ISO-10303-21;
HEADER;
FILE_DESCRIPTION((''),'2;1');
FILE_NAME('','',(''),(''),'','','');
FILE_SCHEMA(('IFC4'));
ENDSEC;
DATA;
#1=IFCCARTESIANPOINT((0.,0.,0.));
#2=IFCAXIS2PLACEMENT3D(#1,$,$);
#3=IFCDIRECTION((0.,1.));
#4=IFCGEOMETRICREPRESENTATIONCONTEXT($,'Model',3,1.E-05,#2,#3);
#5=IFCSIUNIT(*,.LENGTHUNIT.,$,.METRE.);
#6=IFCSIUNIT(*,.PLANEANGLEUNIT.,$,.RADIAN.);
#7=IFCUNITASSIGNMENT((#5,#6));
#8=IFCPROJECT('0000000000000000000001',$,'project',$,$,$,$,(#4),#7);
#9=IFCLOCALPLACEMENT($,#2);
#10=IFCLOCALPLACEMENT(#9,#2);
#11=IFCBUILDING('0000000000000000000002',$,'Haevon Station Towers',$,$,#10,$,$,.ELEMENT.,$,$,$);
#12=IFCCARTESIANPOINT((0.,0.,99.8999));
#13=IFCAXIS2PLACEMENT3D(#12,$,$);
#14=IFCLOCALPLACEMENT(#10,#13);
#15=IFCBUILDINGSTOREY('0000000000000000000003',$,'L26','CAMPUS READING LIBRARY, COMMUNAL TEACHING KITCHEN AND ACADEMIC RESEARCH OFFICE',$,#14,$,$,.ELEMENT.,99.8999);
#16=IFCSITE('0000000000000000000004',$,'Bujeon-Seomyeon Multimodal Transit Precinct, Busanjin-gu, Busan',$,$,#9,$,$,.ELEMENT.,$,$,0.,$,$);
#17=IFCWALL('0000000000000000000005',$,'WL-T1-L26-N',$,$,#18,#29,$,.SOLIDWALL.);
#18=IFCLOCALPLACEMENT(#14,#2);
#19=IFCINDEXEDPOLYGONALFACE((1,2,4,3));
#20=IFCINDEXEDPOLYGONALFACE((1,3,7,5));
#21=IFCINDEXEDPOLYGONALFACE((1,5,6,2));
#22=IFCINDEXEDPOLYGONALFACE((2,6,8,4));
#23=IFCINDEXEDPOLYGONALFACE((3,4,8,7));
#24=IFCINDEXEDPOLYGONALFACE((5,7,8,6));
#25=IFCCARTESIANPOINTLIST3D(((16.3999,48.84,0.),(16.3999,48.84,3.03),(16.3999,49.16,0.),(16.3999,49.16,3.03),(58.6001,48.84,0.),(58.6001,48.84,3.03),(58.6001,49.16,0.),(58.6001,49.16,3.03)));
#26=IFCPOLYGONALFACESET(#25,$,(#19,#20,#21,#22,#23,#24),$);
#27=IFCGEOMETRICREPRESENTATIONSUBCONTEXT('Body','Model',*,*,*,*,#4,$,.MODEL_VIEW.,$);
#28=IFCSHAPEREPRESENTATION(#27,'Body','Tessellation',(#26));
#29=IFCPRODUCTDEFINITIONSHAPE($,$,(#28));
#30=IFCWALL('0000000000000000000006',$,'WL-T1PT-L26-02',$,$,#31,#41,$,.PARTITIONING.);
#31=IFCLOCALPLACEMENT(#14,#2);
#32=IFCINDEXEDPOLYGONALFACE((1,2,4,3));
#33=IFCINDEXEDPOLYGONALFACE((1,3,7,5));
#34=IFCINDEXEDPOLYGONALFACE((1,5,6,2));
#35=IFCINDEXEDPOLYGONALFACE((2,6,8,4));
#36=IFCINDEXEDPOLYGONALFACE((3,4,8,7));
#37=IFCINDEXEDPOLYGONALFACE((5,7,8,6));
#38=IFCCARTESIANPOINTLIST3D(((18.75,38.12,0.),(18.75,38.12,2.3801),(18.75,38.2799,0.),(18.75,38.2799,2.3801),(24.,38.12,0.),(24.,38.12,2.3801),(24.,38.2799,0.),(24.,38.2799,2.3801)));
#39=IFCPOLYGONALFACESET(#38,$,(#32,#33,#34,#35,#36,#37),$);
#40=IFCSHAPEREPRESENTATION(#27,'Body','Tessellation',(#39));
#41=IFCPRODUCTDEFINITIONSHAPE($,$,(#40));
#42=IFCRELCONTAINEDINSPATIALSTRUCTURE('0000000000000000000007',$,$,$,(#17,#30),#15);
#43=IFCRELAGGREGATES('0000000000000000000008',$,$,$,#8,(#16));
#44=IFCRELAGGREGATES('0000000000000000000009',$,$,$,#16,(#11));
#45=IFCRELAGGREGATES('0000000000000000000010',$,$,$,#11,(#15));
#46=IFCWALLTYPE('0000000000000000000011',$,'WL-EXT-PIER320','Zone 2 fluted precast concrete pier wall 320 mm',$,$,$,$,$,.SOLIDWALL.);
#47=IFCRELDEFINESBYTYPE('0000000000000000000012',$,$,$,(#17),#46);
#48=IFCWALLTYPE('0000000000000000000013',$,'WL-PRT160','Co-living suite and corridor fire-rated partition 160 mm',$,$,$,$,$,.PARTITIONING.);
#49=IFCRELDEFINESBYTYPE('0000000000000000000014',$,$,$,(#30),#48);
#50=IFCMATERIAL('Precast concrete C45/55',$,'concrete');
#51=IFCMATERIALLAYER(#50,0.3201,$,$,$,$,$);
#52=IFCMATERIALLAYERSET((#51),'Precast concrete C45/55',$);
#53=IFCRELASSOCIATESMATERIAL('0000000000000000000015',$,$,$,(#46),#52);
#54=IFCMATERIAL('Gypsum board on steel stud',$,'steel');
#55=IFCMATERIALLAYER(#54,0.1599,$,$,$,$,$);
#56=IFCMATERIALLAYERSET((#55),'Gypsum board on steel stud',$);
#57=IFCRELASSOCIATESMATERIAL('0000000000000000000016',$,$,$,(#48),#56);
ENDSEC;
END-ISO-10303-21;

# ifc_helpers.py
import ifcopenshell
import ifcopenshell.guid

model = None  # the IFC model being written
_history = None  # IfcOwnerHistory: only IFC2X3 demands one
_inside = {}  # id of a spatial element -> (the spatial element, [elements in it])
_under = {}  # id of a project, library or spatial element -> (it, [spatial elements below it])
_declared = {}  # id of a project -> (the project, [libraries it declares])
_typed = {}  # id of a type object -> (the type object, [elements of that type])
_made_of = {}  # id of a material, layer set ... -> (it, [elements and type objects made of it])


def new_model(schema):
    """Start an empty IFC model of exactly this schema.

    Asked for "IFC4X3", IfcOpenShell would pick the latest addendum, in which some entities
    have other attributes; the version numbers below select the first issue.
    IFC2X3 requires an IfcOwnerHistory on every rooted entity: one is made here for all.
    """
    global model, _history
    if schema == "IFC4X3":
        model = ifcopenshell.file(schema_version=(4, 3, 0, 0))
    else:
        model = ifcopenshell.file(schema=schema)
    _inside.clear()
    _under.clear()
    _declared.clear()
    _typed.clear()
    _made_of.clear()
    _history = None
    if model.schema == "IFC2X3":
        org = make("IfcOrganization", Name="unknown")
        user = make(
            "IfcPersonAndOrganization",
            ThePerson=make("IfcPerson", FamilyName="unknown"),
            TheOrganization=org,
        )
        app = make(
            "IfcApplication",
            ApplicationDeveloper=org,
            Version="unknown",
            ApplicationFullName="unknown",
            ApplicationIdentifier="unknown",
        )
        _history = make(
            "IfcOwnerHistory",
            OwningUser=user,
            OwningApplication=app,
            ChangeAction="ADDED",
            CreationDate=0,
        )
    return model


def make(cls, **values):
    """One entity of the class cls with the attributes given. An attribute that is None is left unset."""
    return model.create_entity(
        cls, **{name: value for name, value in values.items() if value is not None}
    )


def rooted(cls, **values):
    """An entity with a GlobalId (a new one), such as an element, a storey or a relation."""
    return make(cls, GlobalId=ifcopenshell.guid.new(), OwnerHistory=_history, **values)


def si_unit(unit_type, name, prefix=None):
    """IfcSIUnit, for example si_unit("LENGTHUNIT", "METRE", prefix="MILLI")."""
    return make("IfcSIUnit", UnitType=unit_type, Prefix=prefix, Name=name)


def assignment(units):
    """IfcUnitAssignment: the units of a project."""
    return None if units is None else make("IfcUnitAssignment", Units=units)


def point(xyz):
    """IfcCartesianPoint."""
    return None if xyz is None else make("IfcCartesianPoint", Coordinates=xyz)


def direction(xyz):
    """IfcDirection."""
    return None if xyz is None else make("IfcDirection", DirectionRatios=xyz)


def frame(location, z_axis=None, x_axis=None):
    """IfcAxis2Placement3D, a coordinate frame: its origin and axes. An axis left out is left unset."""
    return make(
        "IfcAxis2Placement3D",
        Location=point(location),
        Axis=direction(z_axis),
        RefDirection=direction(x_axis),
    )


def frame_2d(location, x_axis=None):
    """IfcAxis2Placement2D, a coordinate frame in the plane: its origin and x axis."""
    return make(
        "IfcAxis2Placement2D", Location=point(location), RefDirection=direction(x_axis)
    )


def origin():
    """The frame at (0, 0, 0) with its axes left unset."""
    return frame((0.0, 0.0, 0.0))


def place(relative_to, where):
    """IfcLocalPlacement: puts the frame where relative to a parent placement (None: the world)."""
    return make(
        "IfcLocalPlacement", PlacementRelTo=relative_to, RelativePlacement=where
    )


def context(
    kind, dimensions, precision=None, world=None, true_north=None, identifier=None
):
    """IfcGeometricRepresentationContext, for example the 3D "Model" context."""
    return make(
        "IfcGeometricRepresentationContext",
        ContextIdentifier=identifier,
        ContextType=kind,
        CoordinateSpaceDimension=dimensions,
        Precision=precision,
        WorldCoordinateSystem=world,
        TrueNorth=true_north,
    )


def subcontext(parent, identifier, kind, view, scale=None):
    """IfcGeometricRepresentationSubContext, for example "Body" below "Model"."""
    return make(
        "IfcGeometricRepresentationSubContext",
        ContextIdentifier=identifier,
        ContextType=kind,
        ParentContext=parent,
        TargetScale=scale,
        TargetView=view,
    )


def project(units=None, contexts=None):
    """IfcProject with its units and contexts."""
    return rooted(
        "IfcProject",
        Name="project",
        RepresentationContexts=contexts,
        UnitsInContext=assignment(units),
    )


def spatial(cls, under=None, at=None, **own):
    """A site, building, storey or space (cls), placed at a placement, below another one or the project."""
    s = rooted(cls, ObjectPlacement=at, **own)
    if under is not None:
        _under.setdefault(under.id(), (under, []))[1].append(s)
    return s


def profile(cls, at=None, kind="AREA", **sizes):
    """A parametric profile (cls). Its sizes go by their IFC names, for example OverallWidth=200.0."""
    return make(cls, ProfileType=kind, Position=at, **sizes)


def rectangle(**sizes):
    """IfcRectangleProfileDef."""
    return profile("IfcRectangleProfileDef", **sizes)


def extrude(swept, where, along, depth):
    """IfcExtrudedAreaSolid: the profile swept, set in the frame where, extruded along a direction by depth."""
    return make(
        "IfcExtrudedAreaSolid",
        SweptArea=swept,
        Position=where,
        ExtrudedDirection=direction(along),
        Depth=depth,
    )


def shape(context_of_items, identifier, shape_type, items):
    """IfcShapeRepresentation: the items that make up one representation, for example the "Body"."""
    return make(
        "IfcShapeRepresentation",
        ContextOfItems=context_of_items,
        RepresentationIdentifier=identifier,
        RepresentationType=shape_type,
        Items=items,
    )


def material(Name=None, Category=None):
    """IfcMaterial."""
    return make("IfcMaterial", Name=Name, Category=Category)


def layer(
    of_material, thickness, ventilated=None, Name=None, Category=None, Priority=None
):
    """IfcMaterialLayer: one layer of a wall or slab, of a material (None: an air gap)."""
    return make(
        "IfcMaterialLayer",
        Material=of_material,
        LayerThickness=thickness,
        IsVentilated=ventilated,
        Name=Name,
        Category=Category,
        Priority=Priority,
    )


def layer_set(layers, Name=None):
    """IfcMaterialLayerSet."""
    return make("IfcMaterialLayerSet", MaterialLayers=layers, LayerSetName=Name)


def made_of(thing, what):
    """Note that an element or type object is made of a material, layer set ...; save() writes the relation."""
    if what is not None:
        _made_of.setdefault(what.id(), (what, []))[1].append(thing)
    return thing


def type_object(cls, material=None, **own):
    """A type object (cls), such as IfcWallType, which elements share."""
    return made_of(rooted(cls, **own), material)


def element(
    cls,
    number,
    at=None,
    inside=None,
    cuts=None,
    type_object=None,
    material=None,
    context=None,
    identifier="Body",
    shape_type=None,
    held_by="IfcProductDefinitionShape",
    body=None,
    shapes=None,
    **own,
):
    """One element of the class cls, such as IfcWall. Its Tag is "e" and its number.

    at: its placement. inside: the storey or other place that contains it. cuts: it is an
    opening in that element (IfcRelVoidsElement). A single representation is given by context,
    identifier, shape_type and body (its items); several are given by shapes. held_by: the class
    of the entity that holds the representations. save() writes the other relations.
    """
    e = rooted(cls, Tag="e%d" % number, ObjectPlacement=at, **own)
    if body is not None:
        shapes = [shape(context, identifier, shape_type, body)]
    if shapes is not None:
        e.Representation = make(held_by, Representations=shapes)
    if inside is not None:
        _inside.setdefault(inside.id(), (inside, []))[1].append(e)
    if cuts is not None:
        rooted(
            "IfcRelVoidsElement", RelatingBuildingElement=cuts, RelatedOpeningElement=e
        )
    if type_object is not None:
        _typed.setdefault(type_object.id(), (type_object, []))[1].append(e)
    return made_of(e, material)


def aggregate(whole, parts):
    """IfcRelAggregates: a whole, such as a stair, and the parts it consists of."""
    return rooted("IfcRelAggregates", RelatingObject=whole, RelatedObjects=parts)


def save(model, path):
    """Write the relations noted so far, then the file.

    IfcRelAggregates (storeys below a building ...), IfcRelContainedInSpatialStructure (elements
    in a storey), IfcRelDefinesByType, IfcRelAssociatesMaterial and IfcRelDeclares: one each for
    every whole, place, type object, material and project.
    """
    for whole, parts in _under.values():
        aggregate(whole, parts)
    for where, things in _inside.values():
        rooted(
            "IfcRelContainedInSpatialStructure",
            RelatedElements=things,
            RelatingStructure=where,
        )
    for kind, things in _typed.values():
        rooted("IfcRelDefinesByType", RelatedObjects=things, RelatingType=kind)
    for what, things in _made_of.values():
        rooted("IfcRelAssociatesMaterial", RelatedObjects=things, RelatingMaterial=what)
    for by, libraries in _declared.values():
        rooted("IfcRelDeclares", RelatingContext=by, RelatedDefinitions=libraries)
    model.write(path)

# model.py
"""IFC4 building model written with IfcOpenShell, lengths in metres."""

from ifc_helpers import new_model, si_unit, direction, frame, frame_2d, origin, place, context, subcontext, project, spatial, rectangle, extrude, material, layer, layer_set, type_object, element, save


model = new_model("IFC4")

# Units and contexts
model_context = context("Model", 3, precision=1e-05, world=origin(), true_north=direction((0.0, 1.0)))
body_context = subcontext(model_context, "Body", "Model", "MODEL_VIEW")
ifc_project = project(units=[si_unit("LENGTHUNIT", "METRE"), si_unit("PLANEANGLEUNIT", "RADIAN")], contexts=[model_context])

# Site, building, storey
site_placement = place(None, origin())
site = spatial("IfcSite", under=ifc_project, at=site_placement, Name="Bujeon-Seomyeon Multimodal Transit Precinct, Busanjin-gu, Busan", CompositionType="ELEMENT", RefElevation=0.0)
building_placement = place(site_placement, origin())
building = spatial("IfcBuilding", under=site, at=building_placement, Name="Haevon Station Towers", CompositionType="ELEMENT")
storey_placement = place(building_placement, frame((0.0, 0.0, 99.8999)))
storey = spatial("IfcBuildingStorey", under=building, at=storey_placement, Name="L26", Description="CAMPUS READING LIBRARY, COMMUNAL TEACHING KITCHEN AND ACADEMIC RESEARCH OFFICE", CompositionType="ELEMENT", Elevation=99.8999)

# Shared definitions
ifc_material_1 = material(Name="Gypsum board on steel stud", Category="steel")

# Walls
ifc_material_2 = material(Name="Precast concrete C45/55", Category="concrete")
ifc_layer_1 = layer(ifc_material_2, 0.3201)
ifc_layer_set_1 = layer_set([ifc_layer_1], Name="Precast concrete C45/55")
wall_type_1 = type_object("IfcWallType", Name="WL-EXT-PIER320", Description="Zone 2 fluted precast concrete pier wall 320 mm", PredefinedType="SOLIDWALL", material=ifc_layer_set_1)
wall_1_placement = place(storey_placement, frame((16.3999, 49.0, 0.0), z_axis=(0.0, 0.0, 1.0), x_axis=(1.0, 0.0, 0.0)))
element("IfcWall", 1, at=wall_1_placement, inside=storey, type_object=wall_type_1, Name="WL-T1-L26-N", PredefinedType="SOLIDWALL", context=body_context, shape_type="SweptSolid", body=[
    extrude(rectangle(XDim=42.2002, YDim=0.3201, at=frame_2d((21.1001, 0.0))), origin(), (0.0, 0.0, 1.0), 3.03),
])
ifc_layer_2 = layer(ifc_material_1, 0.1599)
ifc_layer_set_2 = layer_set([ifc_layer_2], Name="Gypsum board on steel stud")
wall_type_2 = type_object("IfcWallType", Name="WL-PRT160", Description="Co-living suite and corridor fire-rated partition 160 mm", PredefinedType="PARTITIONING", material=ifc_layer_set_2)
wall_2_placement = place(storey_placement, frame((18.75, 38.2, 0.0), z_axis=(0.0, 0.0, 1.0), x_axis=(1.0, 0.0, 0.0)))
element("IfcWall", 2, at=wall_2_placement, inside=storey, type_object=wall_type_2, Name="WL-T1PT-L26-02", PredefinedType="PARTITIONING", context=body_context, shape_type="SweptSolid", body=[
    extrude(rectangle(XDim=5.25, YDim=0.1599, at=frame_2d((2.625, 0.0))), origin(), (0.0, 0.0, 1.0), 2.3801),
])

save(model, "model.ifc")
